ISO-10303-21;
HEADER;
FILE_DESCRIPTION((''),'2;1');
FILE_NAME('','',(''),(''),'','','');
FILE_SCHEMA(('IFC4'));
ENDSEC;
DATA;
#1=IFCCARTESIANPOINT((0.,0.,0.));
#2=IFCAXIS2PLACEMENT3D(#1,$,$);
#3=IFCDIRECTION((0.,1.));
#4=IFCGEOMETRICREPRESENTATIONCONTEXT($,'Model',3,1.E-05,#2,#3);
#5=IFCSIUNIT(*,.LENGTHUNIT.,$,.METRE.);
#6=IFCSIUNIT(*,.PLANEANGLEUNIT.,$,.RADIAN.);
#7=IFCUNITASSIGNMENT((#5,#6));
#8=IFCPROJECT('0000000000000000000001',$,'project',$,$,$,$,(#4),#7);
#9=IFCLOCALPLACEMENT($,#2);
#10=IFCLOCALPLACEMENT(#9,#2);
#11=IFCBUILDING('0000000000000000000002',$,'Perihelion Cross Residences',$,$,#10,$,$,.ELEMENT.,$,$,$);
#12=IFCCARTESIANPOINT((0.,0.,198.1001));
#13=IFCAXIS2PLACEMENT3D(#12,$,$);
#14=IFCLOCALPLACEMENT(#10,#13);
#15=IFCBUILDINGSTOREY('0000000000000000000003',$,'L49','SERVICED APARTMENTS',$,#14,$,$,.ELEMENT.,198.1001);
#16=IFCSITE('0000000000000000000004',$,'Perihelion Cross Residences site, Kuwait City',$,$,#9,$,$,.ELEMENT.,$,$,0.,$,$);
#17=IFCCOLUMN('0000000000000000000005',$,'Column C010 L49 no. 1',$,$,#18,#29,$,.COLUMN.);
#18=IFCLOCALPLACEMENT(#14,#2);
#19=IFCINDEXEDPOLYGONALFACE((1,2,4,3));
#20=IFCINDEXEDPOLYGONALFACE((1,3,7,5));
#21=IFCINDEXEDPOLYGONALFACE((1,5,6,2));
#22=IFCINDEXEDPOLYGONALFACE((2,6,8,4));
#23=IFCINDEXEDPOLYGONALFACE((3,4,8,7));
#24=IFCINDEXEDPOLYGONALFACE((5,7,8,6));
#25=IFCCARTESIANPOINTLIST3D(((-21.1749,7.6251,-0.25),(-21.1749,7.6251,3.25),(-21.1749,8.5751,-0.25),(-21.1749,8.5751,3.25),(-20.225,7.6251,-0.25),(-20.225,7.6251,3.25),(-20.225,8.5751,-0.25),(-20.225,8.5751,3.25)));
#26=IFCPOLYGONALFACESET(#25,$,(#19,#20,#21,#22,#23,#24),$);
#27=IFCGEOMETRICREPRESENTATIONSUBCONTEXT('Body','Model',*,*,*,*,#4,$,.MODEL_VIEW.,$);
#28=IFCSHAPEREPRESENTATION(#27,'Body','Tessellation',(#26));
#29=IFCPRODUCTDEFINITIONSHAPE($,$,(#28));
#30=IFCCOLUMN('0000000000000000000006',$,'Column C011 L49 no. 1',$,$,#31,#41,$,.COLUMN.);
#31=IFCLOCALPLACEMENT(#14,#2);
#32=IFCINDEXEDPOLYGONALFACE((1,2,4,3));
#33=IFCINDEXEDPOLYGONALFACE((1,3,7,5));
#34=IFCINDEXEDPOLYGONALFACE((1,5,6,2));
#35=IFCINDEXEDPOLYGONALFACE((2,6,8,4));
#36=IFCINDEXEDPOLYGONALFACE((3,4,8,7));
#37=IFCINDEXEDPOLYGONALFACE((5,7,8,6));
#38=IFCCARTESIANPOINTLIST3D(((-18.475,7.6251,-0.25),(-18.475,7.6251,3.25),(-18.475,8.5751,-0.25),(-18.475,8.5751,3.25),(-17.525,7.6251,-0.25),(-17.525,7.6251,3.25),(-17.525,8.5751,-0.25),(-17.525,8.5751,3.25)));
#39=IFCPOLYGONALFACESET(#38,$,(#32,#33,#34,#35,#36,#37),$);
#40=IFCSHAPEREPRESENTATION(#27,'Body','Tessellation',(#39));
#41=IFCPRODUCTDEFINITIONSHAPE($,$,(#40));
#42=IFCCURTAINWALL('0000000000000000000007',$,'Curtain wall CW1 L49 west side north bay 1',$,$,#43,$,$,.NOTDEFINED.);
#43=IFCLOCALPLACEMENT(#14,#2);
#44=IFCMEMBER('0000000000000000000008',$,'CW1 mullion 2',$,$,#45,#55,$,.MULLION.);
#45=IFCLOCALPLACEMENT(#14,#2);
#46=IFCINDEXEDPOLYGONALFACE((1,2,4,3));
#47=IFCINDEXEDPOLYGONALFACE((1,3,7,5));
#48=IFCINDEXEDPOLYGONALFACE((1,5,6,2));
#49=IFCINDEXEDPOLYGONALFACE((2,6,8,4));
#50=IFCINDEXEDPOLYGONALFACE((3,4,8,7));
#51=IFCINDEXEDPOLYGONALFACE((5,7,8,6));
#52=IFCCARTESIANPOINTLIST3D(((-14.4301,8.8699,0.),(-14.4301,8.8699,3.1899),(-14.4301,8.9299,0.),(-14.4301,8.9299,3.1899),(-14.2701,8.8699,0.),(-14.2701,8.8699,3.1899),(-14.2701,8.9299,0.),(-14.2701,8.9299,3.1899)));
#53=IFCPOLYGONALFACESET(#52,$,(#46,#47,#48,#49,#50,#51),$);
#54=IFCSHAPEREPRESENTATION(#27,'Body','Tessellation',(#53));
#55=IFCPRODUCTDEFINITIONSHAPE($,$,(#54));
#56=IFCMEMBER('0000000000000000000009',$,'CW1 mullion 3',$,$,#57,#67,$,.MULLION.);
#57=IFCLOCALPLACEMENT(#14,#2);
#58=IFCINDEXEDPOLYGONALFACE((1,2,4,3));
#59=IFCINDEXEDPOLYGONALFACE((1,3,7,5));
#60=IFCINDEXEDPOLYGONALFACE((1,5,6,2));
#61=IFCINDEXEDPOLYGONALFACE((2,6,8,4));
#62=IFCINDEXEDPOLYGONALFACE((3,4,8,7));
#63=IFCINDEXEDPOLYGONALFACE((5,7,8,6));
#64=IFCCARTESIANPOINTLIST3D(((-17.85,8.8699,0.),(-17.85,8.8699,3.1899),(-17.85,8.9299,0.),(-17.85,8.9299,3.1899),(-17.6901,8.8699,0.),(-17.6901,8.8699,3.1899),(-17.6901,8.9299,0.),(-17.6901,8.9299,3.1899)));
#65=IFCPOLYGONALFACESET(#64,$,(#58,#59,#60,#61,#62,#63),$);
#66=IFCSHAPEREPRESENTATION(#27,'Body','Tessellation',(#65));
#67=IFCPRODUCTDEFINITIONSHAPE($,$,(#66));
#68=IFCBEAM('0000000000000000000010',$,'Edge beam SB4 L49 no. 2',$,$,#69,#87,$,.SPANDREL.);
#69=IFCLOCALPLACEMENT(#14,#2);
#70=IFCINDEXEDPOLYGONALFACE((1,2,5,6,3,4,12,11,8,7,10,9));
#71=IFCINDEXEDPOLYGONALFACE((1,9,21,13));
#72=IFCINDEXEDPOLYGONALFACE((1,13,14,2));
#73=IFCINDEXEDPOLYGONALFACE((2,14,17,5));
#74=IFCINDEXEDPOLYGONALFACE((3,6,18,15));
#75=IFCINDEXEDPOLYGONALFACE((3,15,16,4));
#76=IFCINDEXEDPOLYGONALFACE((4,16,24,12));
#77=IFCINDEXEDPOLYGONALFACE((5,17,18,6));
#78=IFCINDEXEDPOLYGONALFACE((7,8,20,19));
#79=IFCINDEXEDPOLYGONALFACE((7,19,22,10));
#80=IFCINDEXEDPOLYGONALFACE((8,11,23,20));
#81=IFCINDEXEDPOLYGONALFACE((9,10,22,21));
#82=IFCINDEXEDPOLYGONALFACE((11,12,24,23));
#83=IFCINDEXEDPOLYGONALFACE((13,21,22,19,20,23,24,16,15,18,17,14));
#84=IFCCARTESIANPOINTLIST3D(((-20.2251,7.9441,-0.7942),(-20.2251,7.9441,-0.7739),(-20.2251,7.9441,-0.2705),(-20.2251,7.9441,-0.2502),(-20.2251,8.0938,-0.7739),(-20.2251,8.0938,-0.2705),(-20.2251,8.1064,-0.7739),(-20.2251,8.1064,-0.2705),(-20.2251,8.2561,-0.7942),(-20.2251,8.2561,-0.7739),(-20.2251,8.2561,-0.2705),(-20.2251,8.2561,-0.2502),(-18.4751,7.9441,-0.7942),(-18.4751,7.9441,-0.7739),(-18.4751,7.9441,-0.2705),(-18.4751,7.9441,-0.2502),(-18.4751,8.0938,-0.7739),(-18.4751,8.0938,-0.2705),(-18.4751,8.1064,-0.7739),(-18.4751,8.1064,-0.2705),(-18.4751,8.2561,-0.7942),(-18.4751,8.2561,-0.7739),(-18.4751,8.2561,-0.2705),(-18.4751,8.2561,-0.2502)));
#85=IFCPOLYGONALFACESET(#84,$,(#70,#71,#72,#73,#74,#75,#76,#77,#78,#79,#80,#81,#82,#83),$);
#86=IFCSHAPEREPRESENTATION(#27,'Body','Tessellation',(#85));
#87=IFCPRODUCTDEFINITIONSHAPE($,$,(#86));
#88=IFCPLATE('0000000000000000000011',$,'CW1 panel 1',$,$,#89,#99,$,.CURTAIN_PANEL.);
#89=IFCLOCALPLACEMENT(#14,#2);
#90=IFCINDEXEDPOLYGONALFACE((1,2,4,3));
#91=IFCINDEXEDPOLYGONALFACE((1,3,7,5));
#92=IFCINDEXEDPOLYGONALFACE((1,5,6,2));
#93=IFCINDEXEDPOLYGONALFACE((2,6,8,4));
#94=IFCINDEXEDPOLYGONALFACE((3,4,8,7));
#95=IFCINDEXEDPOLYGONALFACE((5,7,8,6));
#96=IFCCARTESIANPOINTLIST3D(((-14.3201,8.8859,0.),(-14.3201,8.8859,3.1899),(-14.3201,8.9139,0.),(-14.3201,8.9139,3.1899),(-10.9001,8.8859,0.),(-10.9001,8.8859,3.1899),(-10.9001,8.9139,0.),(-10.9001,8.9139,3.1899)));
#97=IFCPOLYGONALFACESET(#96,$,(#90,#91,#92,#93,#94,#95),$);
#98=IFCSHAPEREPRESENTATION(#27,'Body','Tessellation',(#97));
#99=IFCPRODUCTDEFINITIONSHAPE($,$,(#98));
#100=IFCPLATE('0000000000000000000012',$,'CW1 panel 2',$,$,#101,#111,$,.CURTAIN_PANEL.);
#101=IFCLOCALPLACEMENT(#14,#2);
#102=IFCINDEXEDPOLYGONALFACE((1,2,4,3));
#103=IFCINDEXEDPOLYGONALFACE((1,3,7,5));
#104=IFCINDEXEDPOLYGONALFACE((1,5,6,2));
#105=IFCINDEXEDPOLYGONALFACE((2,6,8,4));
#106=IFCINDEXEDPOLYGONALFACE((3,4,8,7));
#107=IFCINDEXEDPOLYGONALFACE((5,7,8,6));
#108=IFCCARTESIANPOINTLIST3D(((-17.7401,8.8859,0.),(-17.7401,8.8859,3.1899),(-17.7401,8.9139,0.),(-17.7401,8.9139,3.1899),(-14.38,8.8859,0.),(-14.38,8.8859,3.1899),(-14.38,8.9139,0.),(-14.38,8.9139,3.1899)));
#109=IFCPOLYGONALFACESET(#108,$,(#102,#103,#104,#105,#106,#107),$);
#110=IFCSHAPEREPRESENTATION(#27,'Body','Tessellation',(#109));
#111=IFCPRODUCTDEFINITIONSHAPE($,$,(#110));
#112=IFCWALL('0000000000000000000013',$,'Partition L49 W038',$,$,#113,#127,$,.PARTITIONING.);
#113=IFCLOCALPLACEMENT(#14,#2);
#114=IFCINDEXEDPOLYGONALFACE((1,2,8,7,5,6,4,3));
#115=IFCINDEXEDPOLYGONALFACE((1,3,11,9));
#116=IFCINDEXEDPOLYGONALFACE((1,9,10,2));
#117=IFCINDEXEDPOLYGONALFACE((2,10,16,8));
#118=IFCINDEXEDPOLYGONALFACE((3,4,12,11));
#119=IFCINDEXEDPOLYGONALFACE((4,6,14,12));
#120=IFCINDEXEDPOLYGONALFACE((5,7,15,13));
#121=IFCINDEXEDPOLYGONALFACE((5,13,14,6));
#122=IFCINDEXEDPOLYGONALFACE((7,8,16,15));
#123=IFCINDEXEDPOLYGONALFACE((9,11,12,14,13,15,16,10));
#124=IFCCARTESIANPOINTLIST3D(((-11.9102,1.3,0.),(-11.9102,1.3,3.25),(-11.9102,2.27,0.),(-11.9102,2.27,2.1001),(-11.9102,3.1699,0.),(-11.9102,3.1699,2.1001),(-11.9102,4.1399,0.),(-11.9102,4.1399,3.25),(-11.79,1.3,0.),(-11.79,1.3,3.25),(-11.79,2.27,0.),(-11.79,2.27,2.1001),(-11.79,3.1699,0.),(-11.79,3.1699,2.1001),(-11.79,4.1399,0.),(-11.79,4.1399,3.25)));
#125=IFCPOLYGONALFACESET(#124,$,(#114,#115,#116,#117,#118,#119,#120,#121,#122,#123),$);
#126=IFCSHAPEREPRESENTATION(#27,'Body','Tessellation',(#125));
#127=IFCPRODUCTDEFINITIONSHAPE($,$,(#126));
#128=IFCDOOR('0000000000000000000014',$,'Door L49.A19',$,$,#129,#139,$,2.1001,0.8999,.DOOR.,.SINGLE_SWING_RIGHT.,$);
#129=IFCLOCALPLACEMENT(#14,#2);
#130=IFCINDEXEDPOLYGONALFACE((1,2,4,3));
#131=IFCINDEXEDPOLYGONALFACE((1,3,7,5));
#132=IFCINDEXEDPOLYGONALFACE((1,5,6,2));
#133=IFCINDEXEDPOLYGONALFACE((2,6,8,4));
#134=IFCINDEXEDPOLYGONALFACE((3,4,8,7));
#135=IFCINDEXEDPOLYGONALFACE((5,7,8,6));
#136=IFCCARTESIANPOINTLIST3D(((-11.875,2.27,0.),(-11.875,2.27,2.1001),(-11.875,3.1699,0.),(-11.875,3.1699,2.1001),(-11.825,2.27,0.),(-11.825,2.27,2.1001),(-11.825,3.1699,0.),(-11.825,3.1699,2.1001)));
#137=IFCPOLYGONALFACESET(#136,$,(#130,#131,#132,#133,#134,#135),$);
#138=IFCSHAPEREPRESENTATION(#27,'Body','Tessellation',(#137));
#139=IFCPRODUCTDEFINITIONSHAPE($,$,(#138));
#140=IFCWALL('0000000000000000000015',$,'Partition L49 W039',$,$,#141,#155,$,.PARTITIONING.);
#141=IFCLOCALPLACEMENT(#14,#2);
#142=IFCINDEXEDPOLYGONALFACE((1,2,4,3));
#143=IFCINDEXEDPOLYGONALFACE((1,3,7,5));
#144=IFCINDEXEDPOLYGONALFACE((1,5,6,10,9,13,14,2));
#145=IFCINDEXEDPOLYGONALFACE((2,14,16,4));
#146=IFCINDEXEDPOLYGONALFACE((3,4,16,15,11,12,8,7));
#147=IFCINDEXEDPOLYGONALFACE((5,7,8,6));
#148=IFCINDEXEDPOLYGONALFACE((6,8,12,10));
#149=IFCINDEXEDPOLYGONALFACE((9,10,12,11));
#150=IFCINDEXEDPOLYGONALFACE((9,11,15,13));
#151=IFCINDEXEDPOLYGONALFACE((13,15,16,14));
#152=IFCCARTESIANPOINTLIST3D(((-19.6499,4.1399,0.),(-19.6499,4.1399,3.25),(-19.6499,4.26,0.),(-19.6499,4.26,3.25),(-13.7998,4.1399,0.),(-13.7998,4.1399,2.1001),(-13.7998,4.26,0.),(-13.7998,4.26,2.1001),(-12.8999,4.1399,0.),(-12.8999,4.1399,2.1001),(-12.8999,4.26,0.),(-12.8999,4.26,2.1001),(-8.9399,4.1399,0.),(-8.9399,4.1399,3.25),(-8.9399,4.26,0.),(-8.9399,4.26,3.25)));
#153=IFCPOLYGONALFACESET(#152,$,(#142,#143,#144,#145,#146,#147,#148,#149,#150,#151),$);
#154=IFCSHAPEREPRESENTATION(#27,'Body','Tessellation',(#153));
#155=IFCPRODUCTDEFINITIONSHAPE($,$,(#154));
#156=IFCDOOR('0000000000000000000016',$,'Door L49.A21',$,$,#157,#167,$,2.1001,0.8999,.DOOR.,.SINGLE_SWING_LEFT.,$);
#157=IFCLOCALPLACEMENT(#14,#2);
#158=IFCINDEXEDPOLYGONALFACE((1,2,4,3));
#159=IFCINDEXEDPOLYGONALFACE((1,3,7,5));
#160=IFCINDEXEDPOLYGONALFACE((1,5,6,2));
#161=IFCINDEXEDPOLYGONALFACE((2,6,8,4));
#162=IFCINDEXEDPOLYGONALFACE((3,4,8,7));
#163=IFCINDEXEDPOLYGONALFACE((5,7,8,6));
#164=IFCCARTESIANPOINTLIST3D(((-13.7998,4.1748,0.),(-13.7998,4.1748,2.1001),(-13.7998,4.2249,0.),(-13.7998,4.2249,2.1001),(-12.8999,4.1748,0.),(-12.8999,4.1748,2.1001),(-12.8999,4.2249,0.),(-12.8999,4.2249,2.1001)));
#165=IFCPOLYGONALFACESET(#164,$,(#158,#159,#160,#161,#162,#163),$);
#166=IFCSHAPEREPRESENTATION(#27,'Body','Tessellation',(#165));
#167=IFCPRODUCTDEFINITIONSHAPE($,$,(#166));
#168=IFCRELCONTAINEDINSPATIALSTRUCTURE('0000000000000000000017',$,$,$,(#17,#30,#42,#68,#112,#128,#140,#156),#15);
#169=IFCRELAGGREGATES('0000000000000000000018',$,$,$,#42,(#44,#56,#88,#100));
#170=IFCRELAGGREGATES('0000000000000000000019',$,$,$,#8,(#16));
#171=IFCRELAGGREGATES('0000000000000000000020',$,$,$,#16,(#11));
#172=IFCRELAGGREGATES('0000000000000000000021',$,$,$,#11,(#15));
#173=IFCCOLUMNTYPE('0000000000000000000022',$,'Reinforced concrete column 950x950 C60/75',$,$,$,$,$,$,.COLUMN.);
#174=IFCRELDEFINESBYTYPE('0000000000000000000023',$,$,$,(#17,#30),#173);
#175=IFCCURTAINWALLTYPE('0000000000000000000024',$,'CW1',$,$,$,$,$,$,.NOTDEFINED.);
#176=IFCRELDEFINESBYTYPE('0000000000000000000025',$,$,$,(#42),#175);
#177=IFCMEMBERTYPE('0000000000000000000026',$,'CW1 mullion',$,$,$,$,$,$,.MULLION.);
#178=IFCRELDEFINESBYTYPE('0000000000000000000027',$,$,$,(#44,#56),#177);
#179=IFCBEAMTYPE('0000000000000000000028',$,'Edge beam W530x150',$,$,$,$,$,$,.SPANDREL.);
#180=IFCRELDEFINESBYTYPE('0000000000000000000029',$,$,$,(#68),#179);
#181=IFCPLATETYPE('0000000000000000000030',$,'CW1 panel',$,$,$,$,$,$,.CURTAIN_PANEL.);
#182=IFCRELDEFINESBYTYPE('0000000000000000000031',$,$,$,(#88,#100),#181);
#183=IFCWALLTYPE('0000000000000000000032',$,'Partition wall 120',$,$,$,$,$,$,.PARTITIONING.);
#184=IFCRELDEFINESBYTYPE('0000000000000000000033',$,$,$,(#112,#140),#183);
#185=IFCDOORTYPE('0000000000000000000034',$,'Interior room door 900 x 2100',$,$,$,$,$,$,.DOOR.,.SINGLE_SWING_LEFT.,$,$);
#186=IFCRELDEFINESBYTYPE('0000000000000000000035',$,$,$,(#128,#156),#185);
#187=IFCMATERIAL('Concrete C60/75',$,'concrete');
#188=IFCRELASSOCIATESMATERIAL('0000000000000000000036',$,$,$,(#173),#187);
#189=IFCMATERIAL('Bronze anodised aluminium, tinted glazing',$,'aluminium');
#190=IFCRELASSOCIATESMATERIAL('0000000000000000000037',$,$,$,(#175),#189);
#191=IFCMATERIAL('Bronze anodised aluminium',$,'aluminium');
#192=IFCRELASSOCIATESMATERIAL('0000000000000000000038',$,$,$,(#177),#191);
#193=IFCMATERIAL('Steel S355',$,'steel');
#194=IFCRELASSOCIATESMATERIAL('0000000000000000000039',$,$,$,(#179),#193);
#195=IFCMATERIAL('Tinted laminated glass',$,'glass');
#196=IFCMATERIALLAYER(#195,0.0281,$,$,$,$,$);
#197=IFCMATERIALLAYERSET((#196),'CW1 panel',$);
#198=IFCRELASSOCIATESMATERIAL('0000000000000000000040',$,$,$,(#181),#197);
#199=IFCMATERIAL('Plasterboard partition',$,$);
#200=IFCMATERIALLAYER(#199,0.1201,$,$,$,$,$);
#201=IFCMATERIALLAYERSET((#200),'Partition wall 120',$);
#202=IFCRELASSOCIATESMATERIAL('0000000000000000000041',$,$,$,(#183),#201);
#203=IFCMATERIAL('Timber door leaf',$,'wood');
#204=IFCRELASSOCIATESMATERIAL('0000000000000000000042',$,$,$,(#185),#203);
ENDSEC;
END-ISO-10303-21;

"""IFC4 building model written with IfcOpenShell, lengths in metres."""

from ifc_helpers import new_model, si_unit, direction, frame, frame_2d, origin, origin_2d, place, context, subcontext, project, spatial, rectangle, i_section, extrude, material, layer, layer_set, material_profile, profile_set, type_object, element, fill, aggregate, save


model = new_model("IFC4")

# Units and contexts
model_context = context("Model", 3, precision=1e-05, world=origin(), true_north=direction((0.0, 1.0)))
body_context = subcontext(model_context, "Body", "Model", "MODEL_VIEW")
ifc_project = project(units=[si_unit("LENGTHUNIT", "METRE"), si_unit("PLANEANGLEUNIT", "RADIAN")], contexts=[model_context])

# Site, building, storey
site_placement = place(None, origin())
site = spatial("IfcSite", under=ifc_project, at=site_placement, Name="Perihelion Cross Residences site, Kuwait City", CompositionType="ELEMENT", RefElevation=0.0)
building_placement = place(site_placement, origin())
building = spatial("IfcBuilding", under=site, at=building_placement, Name="Perihelion Cross Residences", CompositionType="ELEMENT")
storey_placement = place(building_placement, frame((0.0, 0.0, 198.1001)))
storey = spatial("IfcBuildingStorey", under=building, at=storey_placement, Name="L49", Description="SERVICED APARTMENTS", CompositionType="ELEMENT", Elevation=198.1001)

# Columns
ifc_material_1 = material(Name="Concrete C60/75", Category="concrete")
ifc_material_profile_1 = material_profile(ifc_material_1, rectangle(XDim=0.95, YDim=0.95, at=origin_2d()), Name="RC 950x950")
ifc_profile_set_1 = profile_set([ifc_material_profile_1], Name="Concrete C60/75")
column_type = type_object("IfcColumnType", Name="Reinforced concrete column 950x950 C60/75", PredefinedType="COLUMN", material=ifc_profile_set_1)
for number, where, z_axis, x_axis, name in (
    (1, (-20.7, 8.1001, -0.25), (0.0, 0.0, 1.0), (1.0, 0.0, 0.0), "Column C010 L49 no. 1"),
    (2, (-18.0, 8.1001, -0.25), (0.0, 0.0, 1.0), (1.0, 0.0, 0.0), "Column C011 L49 no. 1"),
):
    element("IfcColumn", number, at=place(storey_placement, frame(where, z_axis=z_axis, x_axis=x_axis)), inside=storey, type_object=column_type, Name=name, PredefinedType="COLUMN", context=body_context, shape_type="SweptSolid", body=[
        extrude(rectangle(XDim=0.95, YDim=0.95, at=origin_2d()), origin(), (0.0, 0.0, 1.0), 3.5),
    ])

# Curtain wall, members
ifc_material_2 = material(Name="Bronze anodised aluminium, tinted glazing", Category="aluminium")
curtain_wall_type = type_object("IfcCurtainWallType", Name="CW1", PredefinedType="NOTDEFINED", material=ifc_material_2)
curtain_wall_placement = place(storey_placement, origin())
curtain_wall = element("IfcCurtainWall", 3, at=curtain_wall_placement, inside=storey, type_object=curtain_wall_type, Name="Curtain wall CW1 L49 west side north bay 1", PredefinedType="NOTDEFINED")
ifc_material_3 = material(Name="Bronze anodised aluminium", Category="aluminium")
ifc_material_profile_2 = material_profile(ifc_material_3, rectangle(XDim=0.0601, YDim=0.1599, at=origin_2d()), Name="CW1 mullion")
ifc_profile_set_2 = profile_set([ifc_material_profile_2], Name="Bronze anodised aluminium")
member_type = type_object("IfcMemberType", Name="CW1 mullion", PredefinedType="MULLION", material=ifc_profile_set_2)
member_1_placement = place(storey_placement, frame((-14.3501, 8.8999, 0.0), z_axis=(0.0, 0.0, 1.0), x_axis=(0.0, -1.0, 0.0)))
member_1 = element("IfcMember", 4, at=member_1_placement, type_object=member_type, Name="CW1 mullion 2", PredefinedType="MULLION", context=body_context, shape_type="SweptSolid", body=[
    extrude(rectangle(XDim=0.0601, YDim=0.1599, at=origin_2d()), origin(), (0.0, 0.0, 1.0), 3.1899),
])
member_2_placement = place(storey_placement, frame((-17.77, 8.8999, 0.0), z_axis=(0.0, 0.0, 1.0), x_axis=(0.0, -1.0, 0.0)))
member_2 = element("IfcMember", 5, at=member_2_placement, type_object=member_type, Name="CW1 mullion 3", PredefinedType="MULLION", context=body_context, shape_type="SweptSolid", body=[
    extrude(rectangle(XDim=0.0601, YDim=0.1599, at=origin_2d()), origin(), (0.0, 0.0, 1.0), 3.1899),
])

# Beam
ifc_material_4 = material(Name="Steel S355", Category="steel")
ifc_material_profile_3 = material_profile(ifc_material_4, i_section(OverallWidth=0.312, OverallDepth=0.5439, WebThickness=0.0127, FlangeThickness=0.0203, at=origin_2d()), Name="W530x150")
ifc_profile_set_3 = profile_set([ifc_material_profile_3], Name="Steel S355")
beam_type = type_object("IfcBeamType", Name="Edge beam W530x150", PredefinedType="SPANDREL", material=ifc_profile_set_3)
beam_placement = place(storey_placement, frame((-18.4751, 8.1001, -0.5222), z_axis=(-1.0, 0.0, 0.0), x_axis=(0.0, -1.0, 0.0)))
element("IfcBeam", 6, at=beam_placement, inside=storey, type_object=beam_type, Name="Edge beam SB4 L49 no. 2", PredefinedType="SPANDREL", context=body_context, shape_type="SweptSolid", body=[
    extrude(i_section(OverallWidth=0.312, OverallDepth=0.5439, WebThickness=0.0127, FlangeThickness=0.0203, at=origin_2d()), origin(), (0.0, 0.0, 1.0), 1.75),
])

# Plates
ifc_material_5 = material(Name="Tinted laminated glass", Category="glass")
ifc_layer_1 = layer(ifc_material_5, 0.0281)
ifc_layer_set_1 = layer_set([ifc_layer_1], Name="CW1 panel")
plate_type = type_object("IfcPlateType", Name="CW1 panel", PredefinedType="CURTAIN_PANEL", material=ifc_layer_set_1)
plate_1_placement = place(storey_placement, frame((-12.6101, 8.8999, 0.0), z_axis=(0.0, 0.0, 1.0), x_axis=(-1.0, 0.0, 0.0)))
plate_1 = element("IfcPlate", 7, at=plate_1_placement, type_object=plate_type, Name="CW1 panel 1", PredefinedType="CURTAIN_PANEL", context=body_context, shape_type="SweptSolid", body=[
    extrude(rectangle(XDim=3.4199, YDim=0.0281, at=origin_2d()), origin(), (0.0, 0.0, 1.0), 3.1899),
])
plate_2_placement = place(storey_placement, frame((-16.0601, 8.8999, 0.0), z_axis=(0.0, 0.0, 1.0), x_axis=(-1.0, 0.0, 0.0)))
plate_2 = element("IfcPlate", 8, at=plate_2_placement, type_object=plate_type, Name="CW1 panel 2", PredefinedType="CURTAIN_PANEL", context=body_context, shape_type="SweptSolid", body=[
    extrude(rectangle(XDim=3.3601, YDim=0.0281, at=origin_2d()), origin(), (0.0, 0.0, 1.0), 3.1899),
])
aggregate(curtain_wall, [member_1, member_2, plate_1, plate_2])

# Walls, openings, doors
ifc_material_6 = material(Name="Plasterboard partition")
ifc_layer_2 = layer(ifc_material_6, 0.1201)
ifc_layer_set_2 = layer_set([ifc_layer_2], Name="Partition wall 120")
wall_type_1 = type_object("IfcWallType", Name="Partition wall 120", PredefinedType="PARTITIONING", material=ifc_layer_set_2)
wall_1_placement = place(storey_placement, frame((-11.8501, 1.3, 0.0), z_axis=(0.0, 0.0, 1.0), x_axis=(0.0, 1.0, 0.0)))
wall_1 = element("IfcWall", 9, at=wall_1_placement, inside=storey, type_object=wall_type_1, Name="Partition L49 W038", PredefinedType="PARTITIONING", context=body_context, shape_type="SweptSolid", body=[
    extrude(rectangle(XDim=2.8398, YDim=0.1201, at=frame_2d((1.4199, 0.0))), origin(), (0.0, 0.0, 1.0), 3.25),
])
opening_1_placement = place(wall_1_placement, frame((0.97, 0.0, 0.0)))
opening_1 = element("IfcOpeningElement", 10, at=opening_1_placement, cuts=wall_1, PredefinedType="OPENING", context=body_context, shape_type="SweptSolid", body=[
    extrude(rectangle(XDim=0.8999, YDim=2.1001, at=frame_2d((0.45, 1.05))), frame((0.0, 0.0701, 0.0), z_axis=(0.0, -1.0, 0.0), x_axis=(1.0, 0.0, 0.0)), (0.0, 0.0, 1.0), 0.1401),
])
ifc_material_7 = material(Name="Timber door leaf", Category="wood")
door_type_1 = type_object("IfcDoorType", Name="Interior room door 900 x 2100", OperationType="SINGLE_SWING_LEFT", PredefinedType="DOOR", material=ifc_material_7)
door_1_placement = place(opening_1_placement, origin())
door_1 = element("IfcDoor", 11, at=door_1_placement, inside=storey, type_object=door_type_1, Name="Door L49.A19", OperationType="SINGLE_SWING_RIGHT", OverallHeight=2.1001, OverallWidth=0.8999, PredefinedType="DOOR", context=body_context, shape_type="SweptSolid", body=[
    extrude(rectangle(XDim=0.8999, YDim=2.1001, at=frame_2d((0.45, 1.05))), frame((0.0, 0.0249, 0.0), z_axis=(0.0, -1.0, 0.0), x_axis=(1.0, 0.0, 0.0)), (0.0, 0.0, 1.0), 0.05),
])
fill(opening_1, door_1)
wall_2_placement = place(storey_placement, frame((-19.6499, 4.2, 0.0), z_axis=(0.0, 0.0, 1.0), x_axis=(1.0, 0.0, 0.0)))
wall_2 = element("IfcWall", 12, at=wall_2_placement, inside=storey, type_object=wall_type_1, Name="Partition L49 W039", PredefinedType="PARTITIONING", context=body_context, shape_type="SweptSolid", body=[
    extrude(rectangle(XDim=10.71, YDim=0.1201, at=frame_2d((5.355, 0.0))), origin(), (0.0, 0.0, 1.0), 3.25),
])
opening_2_placement = place(wall_2_placement, frame((5.8501, 0.0, 0.0)))
opening_2 = element("IfcOpeningElement", 13, at=opening_2_placement, cuts=wall_2, PredefinedType="OPENING", context=body_context, shape_type="SweptSolid", body=[
    extrude(rectangle(XDim=0.8999, YDim=2.1001, at=frame_2d((0.45, 1.05))), frame((0.0, 0.0701, 0.0), z_axis=(0.0, -1.0, 0.0), x_axis=(1.0, 0.0, 0.0)), (0.0, 0.0, 1.0), 0.1401),
])
door_2_placement = place(opening_2_placement, origin())
door_2 = element("IfcDoor", 14, at=door_2_placement, inside=storey, type_object=door_type_1, Name="Door L49.A21", OperationType="SINGLE_SWING_LEFT", OverallHeight=2.1001, OverallWidth=0.8999, PredefinedType="DOOR", context=body_context, shape_type="SweptSolid", body=[
    extrude(rectangle(XDim=0.8999, YDim=2.1001, at=frame_2d((0.45, 1.05))), frame((0.0, 0.0249, 0.0), z_axis=(0.0, -1.0, 0.0), x_axis=(1.0, 0.0, 0.0)), (0.0, 0.0, 1.0), 0.05),
])
fill(opening_2, door_2)

save(model, "model.ifc")
